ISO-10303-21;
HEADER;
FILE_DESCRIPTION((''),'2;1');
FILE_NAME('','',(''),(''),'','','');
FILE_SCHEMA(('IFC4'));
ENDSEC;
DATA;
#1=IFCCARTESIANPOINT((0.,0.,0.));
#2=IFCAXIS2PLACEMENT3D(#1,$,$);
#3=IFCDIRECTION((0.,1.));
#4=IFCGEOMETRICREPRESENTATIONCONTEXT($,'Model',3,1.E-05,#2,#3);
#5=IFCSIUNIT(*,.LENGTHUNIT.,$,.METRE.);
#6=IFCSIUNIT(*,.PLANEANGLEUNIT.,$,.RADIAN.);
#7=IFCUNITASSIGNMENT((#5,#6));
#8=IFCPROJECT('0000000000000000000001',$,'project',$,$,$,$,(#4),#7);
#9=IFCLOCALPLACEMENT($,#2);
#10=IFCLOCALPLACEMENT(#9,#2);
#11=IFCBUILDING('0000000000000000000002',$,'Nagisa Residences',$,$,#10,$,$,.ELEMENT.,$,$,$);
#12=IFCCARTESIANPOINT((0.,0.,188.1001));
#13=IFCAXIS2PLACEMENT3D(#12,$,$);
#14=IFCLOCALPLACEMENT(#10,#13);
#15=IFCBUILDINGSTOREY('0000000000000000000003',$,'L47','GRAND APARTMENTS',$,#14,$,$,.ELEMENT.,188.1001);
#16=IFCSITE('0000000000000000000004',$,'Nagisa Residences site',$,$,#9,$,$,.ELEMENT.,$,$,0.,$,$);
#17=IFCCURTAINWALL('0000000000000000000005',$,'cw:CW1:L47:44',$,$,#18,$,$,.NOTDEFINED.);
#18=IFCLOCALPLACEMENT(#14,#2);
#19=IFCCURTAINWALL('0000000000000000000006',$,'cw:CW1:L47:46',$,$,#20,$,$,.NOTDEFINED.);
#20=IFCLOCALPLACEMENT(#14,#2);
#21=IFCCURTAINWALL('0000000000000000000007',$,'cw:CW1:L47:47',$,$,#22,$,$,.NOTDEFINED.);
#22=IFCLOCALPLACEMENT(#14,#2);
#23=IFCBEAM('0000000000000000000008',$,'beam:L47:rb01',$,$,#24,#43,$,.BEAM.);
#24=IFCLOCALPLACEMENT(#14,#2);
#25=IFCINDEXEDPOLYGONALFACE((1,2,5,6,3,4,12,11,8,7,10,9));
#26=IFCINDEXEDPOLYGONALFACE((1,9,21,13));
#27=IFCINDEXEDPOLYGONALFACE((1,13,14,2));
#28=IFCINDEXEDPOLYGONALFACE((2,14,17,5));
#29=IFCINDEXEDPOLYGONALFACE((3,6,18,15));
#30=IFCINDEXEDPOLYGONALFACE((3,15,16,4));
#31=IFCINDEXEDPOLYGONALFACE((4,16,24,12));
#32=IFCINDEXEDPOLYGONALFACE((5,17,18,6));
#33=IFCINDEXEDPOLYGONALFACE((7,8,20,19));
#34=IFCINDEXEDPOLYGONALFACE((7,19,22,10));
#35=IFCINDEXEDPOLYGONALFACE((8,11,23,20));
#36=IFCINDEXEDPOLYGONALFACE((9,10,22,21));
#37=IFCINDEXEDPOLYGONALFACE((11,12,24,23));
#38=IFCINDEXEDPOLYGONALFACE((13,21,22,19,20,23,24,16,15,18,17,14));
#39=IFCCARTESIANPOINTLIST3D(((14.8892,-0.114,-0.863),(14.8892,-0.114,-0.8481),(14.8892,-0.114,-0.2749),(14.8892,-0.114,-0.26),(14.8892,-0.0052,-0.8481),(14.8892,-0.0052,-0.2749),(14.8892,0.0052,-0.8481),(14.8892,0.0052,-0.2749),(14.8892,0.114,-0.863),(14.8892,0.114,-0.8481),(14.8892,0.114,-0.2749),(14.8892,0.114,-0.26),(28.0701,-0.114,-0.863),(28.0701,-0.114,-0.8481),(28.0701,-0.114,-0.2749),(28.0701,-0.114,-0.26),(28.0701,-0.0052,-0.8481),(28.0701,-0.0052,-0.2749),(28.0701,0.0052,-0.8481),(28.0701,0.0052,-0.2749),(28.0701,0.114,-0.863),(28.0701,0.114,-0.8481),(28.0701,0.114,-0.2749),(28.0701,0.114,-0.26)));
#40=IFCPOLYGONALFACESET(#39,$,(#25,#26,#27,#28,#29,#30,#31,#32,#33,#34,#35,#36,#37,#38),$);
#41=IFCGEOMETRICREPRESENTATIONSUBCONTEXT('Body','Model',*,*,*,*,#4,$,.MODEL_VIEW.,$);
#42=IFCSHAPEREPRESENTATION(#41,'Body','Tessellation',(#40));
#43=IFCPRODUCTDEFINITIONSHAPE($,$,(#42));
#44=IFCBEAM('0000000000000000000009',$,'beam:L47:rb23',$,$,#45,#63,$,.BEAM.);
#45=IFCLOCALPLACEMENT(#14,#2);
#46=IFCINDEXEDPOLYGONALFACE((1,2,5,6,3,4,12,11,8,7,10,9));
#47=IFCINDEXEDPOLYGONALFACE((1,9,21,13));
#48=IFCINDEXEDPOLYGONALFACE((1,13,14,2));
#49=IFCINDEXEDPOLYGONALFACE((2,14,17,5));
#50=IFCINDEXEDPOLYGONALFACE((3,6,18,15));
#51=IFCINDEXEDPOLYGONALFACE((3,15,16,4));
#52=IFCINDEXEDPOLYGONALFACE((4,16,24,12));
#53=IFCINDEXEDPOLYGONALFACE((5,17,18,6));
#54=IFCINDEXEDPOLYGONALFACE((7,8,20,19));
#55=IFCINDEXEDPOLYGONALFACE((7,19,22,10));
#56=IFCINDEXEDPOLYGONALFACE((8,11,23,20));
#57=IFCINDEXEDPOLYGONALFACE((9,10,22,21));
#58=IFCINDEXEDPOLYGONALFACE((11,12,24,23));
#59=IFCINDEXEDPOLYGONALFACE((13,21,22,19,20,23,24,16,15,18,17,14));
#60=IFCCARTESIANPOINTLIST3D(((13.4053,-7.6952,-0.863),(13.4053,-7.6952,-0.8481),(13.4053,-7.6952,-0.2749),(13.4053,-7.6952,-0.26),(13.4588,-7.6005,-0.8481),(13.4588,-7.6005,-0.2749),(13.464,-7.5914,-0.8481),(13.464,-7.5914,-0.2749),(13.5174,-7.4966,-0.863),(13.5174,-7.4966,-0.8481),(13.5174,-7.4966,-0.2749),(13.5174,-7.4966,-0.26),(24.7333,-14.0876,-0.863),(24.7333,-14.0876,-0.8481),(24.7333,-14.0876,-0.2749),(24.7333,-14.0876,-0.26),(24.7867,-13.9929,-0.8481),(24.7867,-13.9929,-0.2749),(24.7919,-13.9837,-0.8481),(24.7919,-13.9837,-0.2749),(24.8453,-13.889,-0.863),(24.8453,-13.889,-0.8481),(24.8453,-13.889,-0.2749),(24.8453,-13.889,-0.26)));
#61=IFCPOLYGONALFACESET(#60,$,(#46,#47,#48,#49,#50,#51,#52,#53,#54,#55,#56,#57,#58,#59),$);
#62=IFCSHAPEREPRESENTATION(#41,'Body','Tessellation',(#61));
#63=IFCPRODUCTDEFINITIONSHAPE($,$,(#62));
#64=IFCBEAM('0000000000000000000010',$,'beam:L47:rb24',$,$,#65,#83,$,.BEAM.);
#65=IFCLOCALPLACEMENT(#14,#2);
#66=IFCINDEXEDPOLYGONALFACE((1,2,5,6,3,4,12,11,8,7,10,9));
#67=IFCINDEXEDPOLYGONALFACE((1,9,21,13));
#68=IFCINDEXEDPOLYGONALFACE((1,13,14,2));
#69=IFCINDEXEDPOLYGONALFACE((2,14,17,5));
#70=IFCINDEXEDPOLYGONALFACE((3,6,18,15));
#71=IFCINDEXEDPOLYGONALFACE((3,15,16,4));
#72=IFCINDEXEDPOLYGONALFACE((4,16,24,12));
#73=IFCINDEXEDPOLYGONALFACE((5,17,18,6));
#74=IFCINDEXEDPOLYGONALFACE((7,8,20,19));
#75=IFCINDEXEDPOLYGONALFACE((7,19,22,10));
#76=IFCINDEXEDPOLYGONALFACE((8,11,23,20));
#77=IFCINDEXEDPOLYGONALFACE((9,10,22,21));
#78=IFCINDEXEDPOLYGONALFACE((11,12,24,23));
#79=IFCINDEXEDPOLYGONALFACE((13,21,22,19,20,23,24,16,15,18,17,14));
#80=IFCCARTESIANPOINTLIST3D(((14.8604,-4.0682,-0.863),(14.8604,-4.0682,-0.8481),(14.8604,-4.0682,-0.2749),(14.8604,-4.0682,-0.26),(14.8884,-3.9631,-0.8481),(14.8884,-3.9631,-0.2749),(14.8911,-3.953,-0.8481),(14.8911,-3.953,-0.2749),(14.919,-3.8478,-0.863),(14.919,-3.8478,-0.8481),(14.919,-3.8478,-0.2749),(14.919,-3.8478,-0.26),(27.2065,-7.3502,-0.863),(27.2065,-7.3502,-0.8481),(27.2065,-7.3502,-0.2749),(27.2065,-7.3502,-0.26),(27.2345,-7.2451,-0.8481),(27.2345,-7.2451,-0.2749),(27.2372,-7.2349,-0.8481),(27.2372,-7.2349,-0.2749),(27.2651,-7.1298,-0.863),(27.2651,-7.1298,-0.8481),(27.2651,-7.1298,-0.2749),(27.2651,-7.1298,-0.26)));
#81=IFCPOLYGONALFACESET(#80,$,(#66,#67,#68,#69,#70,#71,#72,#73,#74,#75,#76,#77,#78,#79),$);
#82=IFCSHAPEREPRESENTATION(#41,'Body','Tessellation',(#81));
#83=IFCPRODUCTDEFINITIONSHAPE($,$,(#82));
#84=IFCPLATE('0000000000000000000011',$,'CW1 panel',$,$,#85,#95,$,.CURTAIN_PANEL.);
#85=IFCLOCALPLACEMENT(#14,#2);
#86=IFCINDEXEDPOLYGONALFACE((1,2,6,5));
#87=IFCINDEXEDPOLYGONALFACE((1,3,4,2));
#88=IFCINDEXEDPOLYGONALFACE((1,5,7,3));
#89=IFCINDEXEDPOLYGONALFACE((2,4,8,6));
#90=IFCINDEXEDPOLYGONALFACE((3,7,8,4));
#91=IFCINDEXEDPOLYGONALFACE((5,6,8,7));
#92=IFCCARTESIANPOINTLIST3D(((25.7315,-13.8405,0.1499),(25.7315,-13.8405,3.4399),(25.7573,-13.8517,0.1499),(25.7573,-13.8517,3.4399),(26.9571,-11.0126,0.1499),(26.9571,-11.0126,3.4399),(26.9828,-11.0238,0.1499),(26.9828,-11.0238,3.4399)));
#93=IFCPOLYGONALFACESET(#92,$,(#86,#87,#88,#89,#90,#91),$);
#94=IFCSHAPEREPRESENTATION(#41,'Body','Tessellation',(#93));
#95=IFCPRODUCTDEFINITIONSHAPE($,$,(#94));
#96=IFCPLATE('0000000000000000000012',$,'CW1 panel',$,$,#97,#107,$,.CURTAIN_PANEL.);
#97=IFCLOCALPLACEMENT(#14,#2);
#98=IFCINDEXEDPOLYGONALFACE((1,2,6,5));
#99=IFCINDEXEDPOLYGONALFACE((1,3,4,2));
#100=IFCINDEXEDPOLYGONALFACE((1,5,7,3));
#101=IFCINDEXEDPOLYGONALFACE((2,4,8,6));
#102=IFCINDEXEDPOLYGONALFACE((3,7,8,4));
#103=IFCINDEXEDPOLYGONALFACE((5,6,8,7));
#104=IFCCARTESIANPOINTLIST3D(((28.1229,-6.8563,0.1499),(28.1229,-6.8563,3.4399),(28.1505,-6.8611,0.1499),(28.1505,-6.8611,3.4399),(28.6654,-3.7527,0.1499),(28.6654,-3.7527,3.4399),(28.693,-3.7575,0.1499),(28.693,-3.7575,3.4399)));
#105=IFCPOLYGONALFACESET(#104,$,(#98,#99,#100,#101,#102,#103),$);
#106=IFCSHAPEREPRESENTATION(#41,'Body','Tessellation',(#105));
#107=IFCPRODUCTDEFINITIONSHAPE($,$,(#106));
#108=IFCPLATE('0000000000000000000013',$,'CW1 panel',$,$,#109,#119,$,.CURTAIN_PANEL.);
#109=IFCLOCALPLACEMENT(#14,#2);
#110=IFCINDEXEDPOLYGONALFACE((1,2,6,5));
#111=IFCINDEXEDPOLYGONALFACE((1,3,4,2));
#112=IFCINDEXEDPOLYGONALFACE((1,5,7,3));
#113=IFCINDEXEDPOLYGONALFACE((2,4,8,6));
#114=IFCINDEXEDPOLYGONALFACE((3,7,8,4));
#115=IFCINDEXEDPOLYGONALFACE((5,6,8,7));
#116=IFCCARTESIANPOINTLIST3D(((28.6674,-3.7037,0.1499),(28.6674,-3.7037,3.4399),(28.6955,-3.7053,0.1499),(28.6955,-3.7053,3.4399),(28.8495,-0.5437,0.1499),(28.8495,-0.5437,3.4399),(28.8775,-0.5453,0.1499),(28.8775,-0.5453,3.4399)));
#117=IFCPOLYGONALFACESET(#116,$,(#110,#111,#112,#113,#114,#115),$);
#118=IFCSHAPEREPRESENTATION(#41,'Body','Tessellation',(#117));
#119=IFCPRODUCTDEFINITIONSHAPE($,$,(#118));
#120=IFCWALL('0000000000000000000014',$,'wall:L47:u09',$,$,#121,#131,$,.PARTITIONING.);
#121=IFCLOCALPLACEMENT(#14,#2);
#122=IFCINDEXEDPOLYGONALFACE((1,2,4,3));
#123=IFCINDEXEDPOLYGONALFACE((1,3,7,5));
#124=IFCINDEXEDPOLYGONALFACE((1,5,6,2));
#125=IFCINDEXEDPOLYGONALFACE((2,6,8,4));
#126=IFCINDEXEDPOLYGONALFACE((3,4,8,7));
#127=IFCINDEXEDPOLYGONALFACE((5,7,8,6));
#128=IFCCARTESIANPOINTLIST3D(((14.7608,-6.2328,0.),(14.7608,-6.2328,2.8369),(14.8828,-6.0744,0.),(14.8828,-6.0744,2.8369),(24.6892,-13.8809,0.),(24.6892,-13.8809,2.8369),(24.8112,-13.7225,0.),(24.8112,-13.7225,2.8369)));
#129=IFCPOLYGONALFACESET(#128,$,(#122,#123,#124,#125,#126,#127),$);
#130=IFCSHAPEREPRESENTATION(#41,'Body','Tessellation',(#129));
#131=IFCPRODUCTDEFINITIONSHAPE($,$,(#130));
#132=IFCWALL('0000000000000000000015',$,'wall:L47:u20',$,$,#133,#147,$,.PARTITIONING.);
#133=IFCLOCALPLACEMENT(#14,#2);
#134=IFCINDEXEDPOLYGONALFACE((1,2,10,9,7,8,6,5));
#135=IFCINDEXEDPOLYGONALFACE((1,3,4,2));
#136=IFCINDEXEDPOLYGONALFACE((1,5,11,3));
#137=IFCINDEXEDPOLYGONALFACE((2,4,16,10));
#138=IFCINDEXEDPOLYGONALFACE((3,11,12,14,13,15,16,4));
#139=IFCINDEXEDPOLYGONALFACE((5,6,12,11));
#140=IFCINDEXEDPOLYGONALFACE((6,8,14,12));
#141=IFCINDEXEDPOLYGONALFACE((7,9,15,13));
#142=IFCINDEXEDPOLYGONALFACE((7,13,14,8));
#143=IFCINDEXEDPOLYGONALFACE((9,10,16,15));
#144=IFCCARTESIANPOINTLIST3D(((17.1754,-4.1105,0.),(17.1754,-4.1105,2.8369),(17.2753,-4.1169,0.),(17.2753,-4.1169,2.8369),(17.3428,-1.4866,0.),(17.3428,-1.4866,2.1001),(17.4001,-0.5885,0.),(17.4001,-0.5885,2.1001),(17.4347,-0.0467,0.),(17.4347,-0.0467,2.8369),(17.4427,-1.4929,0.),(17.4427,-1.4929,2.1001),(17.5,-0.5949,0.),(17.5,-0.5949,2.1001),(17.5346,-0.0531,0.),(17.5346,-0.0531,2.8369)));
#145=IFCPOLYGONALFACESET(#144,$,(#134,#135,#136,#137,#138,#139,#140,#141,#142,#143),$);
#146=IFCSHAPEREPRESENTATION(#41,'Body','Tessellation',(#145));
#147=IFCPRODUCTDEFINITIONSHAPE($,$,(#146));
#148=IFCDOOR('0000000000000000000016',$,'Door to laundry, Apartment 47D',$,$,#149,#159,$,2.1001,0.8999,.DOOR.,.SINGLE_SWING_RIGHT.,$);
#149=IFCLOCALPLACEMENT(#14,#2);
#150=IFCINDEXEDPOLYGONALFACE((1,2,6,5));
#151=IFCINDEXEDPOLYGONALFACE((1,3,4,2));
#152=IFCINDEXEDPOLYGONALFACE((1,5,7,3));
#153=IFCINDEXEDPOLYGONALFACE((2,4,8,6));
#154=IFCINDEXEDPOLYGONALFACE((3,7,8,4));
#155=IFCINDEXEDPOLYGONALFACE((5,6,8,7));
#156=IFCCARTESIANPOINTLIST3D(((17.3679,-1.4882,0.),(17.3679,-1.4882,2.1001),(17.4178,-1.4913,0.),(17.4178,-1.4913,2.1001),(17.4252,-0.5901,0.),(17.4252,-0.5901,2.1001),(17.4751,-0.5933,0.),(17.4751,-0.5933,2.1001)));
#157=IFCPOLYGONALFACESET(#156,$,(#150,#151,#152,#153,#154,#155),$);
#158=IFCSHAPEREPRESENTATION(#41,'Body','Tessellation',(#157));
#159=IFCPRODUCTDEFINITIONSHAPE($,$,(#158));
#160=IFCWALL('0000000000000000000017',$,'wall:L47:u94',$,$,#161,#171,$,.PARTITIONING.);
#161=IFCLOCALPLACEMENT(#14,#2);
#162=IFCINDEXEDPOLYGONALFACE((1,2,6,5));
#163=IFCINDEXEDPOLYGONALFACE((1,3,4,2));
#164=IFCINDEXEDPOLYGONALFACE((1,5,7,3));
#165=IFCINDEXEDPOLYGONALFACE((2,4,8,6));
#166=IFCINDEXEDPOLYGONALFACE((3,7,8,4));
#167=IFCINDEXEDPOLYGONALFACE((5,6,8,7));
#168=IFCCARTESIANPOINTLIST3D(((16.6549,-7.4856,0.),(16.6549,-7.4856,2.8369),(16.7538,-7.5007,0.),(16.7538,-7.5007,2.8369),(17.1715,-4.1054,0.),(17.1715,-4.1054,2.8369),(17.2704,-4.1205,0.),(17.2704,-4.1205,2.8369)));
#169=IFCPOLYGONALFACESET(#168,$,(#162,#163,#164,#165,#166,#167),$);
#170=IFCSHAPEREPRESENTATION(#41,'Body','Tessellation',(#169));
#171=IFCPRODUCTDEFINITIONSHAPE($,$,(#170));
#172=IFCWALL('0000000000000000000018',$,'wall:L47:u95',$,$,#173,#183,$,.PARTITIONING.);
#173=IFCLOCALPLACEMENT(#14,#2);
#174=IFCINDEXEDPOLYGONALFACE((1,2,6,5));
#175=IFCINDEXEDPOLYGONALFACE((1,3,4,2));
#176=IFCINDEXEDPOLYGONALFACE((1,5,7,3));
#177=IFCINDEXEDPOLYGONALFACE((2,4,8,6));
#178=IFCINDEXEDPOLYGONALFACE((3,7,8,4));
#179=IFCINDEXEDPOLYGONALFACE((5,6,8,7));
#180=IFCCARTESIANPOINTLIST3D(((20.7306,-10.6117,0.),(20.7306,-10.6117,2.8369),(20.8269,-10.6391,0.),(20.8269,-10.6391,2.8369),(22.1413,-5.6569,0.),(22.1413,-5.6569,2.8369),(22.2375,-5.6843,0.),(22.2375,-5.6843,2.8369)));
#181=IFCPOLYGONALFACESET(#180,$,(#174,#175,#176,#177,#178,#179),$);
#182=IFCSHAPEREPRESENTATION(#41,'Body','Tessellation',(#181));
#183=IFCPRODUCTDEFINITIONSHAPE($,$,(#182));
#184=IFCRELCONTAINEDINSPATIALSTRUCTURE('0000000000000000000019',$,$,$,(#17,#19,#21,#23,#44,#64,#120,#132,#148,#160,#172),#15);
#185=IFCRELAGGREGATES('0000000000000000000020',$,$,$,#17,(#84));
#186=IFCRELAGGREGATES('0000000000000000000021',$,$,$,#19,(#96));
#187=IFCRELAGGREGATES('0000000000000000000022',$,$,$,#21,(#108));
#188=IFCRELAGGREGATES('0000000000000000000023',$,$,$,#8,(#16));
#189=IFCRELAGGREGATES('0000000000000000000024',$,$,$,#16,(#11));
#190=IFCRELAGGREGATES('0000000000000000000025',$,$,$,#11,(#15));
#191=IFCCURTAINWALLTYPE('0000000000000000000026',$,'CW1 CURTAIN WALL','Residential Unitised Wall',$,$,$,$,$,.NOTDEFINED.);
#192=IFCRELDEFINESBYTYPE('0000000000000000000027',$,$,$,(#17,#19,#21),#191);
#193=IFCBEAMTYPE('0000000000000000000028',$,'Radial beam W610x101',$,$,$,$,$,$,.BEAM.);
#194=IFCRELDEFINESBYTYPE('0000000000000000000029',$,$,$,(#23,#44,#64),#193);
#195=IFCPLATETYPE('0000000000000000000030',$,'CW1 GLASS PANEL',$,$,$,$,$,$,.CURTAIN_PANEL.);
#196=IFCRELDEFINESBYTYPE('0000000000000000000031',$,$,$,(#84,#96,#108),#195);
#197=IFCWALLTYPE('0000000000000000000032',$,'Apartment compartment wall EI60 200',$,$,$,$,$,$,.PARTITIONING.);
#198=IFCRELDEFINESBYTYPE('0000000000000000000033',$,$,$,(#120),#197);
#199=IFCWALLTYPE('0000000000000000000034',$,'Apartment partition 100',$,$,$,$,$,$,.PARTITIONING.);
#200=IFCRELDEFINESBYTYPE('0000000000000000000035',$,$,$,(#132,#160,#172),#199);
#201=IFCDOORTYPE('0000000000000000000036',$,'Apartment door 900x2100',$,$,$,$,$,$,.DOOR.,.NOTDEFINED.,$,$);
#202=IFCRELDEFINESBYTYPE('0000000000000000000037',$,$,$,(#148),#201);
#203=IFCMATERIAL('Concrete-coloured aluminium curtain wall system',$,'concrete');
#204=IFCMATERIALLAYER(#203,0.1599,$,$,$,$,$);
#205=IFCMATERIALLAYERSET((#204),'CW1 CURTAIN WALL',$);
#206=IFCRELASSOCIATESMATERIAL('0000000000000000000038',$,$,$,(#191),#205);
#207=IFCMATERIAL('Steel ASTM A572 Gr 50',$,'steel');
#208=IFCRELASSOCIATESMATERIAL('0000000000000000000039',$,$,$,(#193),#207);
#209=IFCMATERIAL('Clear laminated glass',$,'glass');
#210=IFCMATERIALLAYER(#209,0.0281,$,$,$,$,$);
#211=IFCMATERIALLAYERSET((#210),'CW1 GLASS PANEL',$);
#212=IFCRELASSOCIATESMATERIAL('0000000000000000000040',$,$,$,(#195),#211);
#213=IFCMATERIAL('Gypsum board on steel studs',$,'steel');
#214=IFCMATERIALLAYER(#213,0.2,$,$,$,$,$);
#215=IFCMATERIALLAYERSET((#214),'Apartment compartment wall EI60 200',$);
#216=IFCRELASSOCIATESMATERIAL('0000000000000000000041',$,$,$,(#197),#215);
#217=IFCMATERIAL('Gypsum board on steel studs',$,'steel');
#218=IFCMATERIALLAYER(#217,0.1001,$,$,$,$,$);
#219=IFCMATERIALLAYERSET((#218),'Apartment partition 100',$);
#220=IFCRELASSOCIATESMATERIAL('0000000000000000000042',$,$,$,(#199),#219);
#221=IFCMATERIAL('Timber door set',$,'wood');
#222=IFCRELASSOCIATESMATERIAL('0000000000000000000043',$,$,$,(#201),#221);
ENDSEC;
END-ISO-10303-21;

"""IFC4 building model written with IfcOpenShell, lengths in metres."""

from ifc_helpers import new_model, si_unit, direction, frame, frame_2d, origin, origin_2d, place, context, subcontext, project, spatial, rectangle, i_section, extrude, material, layer, layer_set, material_profile, profile_set, type_object, element, fill, aggregate, save


model = new_model("IFC4")

# Units and contexts
model_context = context("Model", 3, precision=1e-05, world=origin(), true_north=direction((0.0, 1.0)))
body_context = subcontext(model_context, "Body", "Model", "MODEL_VIEW")
ifc_project = project(units=[si_unit("LENGTHUNIT", "METRE"), si_unit("PLANEANGLEUNIT", "RADIAN")], contexts=[model_context])

# Site, building, storey
site_placement = place(None, origin())
site = spatial("IfcSite", under=ifc_project, at=site_placement, Name="Nagisa Residences site", CompositionType="ELEMENT", RefElevation=0.0)
building_placement = place(site_placement, origin())
building = spatial("IfcBuilding", under=site, at=building_placement, Name="Nagisa Residences", CompositionType="ELEMENT")
storey_placement = place(building_placement, frame((0.0, 0.0, 188.1001)))
storey = spatial("IfcBuildingStorey", under=building, at=storey_placement, Name="L47", Description="GRAND APARTMENTS", CompositionType="ELEMENT", Elevation=188.1001)

# Curtain walls
ifc_material_1 = material(Name="Concrete-coloured aluminium curtain wall system", Category="concrete")
ifc_layer_1 = layer(ifc_material_1, 0.1599)
ifc_layer_set_1 = layer_set([ifc_layer_1], Name="CW1 CURTAIN WALL")
curtain_wall_type = type_object("IfcCurtainWallType", Name="CW1 CURTAIN WALL", Description="Residential Unitised Wall", PredefinedType="NOTDEFINED", material=ifc_layer_set_1)
curtain_wall_1_placement = place(storey_placement, origin())
curtain_wall_1 = element("IfcCurtainWall", 1, at=curtain_wall_1_placement, inside=storey, type_object=curtain_wall_type, Name="cw:CW1:L47:44", PredefinedType="NOTDEFINED")
curtain_wall_2_placement = place(storey_placement, origin())
curtain_wall_2 = element("IfcCurtainWall", 2, at=curtain_wall_2_placement, inside=storey, type_object=curtain_wall_type, Name="cw:CW1:L47:46", PredefinedType="NOTDEFINED")
curtain_wall_3_placement = place(storey_placement, origin())
curtain_wall_3 = element("IfcCurtainWall", 3, at=curtain_wall_3_placement, inside=storey, type_object=curtain_wall_type, Name="cw:CW1:L47:47", PredefinedType="NOTDEFINED")

# Beams
ifc_material_2 = material(Name="Steel ASTM A572 Gr 50", Category="steel")
ifc_material_profile_1 = material_profile(ifc_material_2, i_section(OverallWidth=0.228, OverallDepth=0.603, WebThickness=0.0105, FlangeThickness=0.0149, at=origin_2d()), Name="W610x101")
ifc_profile_set_1 = profile_set([ifc_material_profile_1], Name="Steel ASTM A572 Gr 50")
beam_type_1 = type_object("IfcBeamType", Name="Radial beam W610x101", PredefinedType="BEAM", material=ifc_profile_set_1)
beam_1_placement = place(storey_placement, frame((28.0701, 0.0, -0.5615), z_axis=(-1.0, 0.0, 0.0), x_axis=(0.0, -1.0, 0.0)))
element("IfcBeam", 4, at=beam_1_placement, inside=storey, type_object=beam_type_1, Name="beam:L47:rb01", PredefinedType="BEAM", context=body_context, shape_type="SweptSolid", body=[
    extrude(i_section(OverallWidth=0.228, OverallDepth=0.603, WebThickness=0.0105, FlangeThickness=0.0149, at=origin_2d()), origin(), (0.0, 0.0, 1.0), 13.1809),
])
beam_2_placement = place(storey_placement, frame((24.7893, -13.9883, -0.5615), z_axis=(-0.870905, 0.491452, 0.0), x_axis=(-0.491452, -0.870905, 0.0)))
element("IfcBeam", 5, at=beam_2_placement, inside=storey, type_object=beam_type_1, Name="beam:L47:rb23", PredefinedType="BEAM", context=body_context, shape_type="SweptSolid", body=[
    extrude(i_section(OverallWidth=0.228, OverallDepth=0.603, WebThickness=0.0105, FlangeThickness=0.0149, at=origin_2d()), origin(), (0.0, 0.0, 1.0), 13.0071),
])
beam_3_placement = place(storey_placement, frame((27.2358, -7.24, -0.5615), z_axis=(-0.966436, 0.256907, 0.0), x_axis=(-0.256907, -0.966436, 0.0)))
element("IfcBeam", 6, at=beam_3_placement, inside=storey, type_object=beam_type_1, Name="beam:L47:rb24", PredefinedType="BEAM", context=body_context, shape_type="SweptSolid", body=[
    extrude(i_section(OverallWidth=0.228, OverallDepth=0.603, WebThickness=0.0105, FlangeThickness=0.0149, at=origin_2d()), origin(), (0.0, 0.0, 1.0), 12.7749),
])

# Plates
ifc_material_3 = material(Name="Clear laminated glass", Category="glass")
ifc_layer_2 = layer(ifc_material_3, 0.0281)
ifc_layer_set_2 = layer_set([ifc_layer_2], Name="CW1 GLASS PANEL")
plate_type = type_object("IfcPlateType", Name="CW1 GLASS PANEL", PredefinedType="CURTAIN_PANEL", material=ifc_layer_set_2)
plate_1_placement = place(storey_placement, frame((26.3572, -12.4321, 0.1499), z_axis=(0.0, 0.0, 1.0), x_axis=(0.397636, 0.917543, 0.0)))
plate_1 = element("IfcPlate", 7, at=plate_1_placement, type_object=plate_type, Name="CW1 panel", PredefinedType="CURTAIN_PANEL", context=body_context, shape_type="SweptSolid", body=[
    extrude(rectangle(XDim=3.082, YDim=0.0281, at=origin_2d()), origin(), (0.0, 0.0, 1.0), 3.29),
])
aggregate(curtain_wall_1, [plate_1])
plate_2_placement = place(storey_placement, frame((28.408, -5.3069, 0.1499), z_axis=(0.0, 0.0, 1.0), x_axis=(0.172191, 0.985064, 0.0)))
plate_2 = element("IfcPlate", 8, at=plate_2_placement, type_object=plate_type, Name="CW1 panel", PredefinedType="CURTAIN_PANEL", context=body_context, shape_type="SweptSolid", body=[
    extrude(rectangle(XDim=3.1506, YDim=0.0281, at=origin_2d()), origin(), (0.0, 0.0, 1.0), 3.29),
])
aggregate(curtain_wall_2, [plate_2])
plate_3_placement = place(storey_placement, frame((28.7725, -2.1245, 0.1499), z_axis=(0.0, 0.0, 1.0), x_axis=(0.057503, 0.998345, 0.0)))
plate_3 = element("IfcPlate", 9, at=plate_3_placement, type_object=plate_type, Name="CW1 panel", PredefinedType="CURTAIN_PANEL", context=body_context, shape_type="SweptSolid", body=[
    extrude(rectangle(XDim=3.1653, YDim=0.0281, at=origin_2d()), origin(), (0.0, 0.0, 1.0), 3.29),
])
aggregate(curtain_wall_3, [plate_3])

# Wall
ifc_material_4 = material(Name="Gypsum board on steel studs", Category="steel")
ifc_layer_3 = layer(ifc_material_4, 0.2)
ifc_layer_set_3 = layer_set([ifc_layer_3], Name="Apartment compartment wall EI60 200")
wall_type_1 = type_object("IfcWallType", Name="Apartment compartment wall EI60 200", PredefinedType="PARTITIONING", material=ifc_layer_set_3)
wall_1_placement = place(storey_placement, frame((14.8218, -6.1536, 0.0), z_axis=(0.0, 0.0, 1.0), x_axis=(0.792203, -0.610258, 0.0)))
element("IfcWall", 10, at=wall_1_placement, inside=storey, type_object=wall_type_1, Name="wall:L47:u09", PredefinedType="PARTITIONING", context=body_context, shape_type="SweptSolid", body=[
    extrude(rectangle(XDim=12.5327, YDim=0.2, at=frame_2d((6.2664, 0.0))), origin(), (0.0, 0.0, 1.0), 2.8369),
])

# Wall, opening, door
ifc_material_5 = material(Name="Gypsum board on steel studs", Category="steel")
ifc_layer_4 = layer(ifc_material_5, 0.1001)
ifc_layer_set_4 = layer_set([ifc_layer_4], Name="Apartment partition 100")
wall_type_2 = type_object("IfcWallType", Name="Apartment partition 100", PredefinedType="PARTITIONING", material=ifc_layer_set_4)
wall_2_placement = place(storey_placement, frame((17.4846, -0.0498, 0.0), z_axis=(0.0, 0.0, 1.0), x_axis=(-0.063673, -0.997971, 0.0)))
wall_2 = element("IfcWall", 11, at=wall_2_placement, inside=storey, type_object=wall_type_2, Name="wall:L47:u20", PredefinedType="PARTITIONING", context=body_context, shape_type="SweptSolid", body=[
    extrude(rectangle(XDim=4.072, YDim=0.1001, at=frame_2d((2.0361, 0.0))), origin(), (0.0, 0.0, 1.0), 2.8369),
])
opening_1_placement = place(wall_2_placement, frame((0.543, 0.0, 0.0)))
opening_1 = element("IfcOpeningElement", 12, at=opening_1_placement, cuts=wall_2, PredefinedType="OPENING", context=body_context, shape_type="SweptSolid", body=[
    extrude(rectangle(XDim=0.8999, YDim=2.1001, at=frame_2d((0.45, 1.05))), frame((0.0, 0.0601, 0.0), z_axis=(0.0, -1.0, 0.0), x_axis=(1.0, 0.0, 0.0)), (0.0, 0.0, 1.0), 0.1201),
])
ifc_material_6 = material(Name="Timber door set", Category="wood")
door_type_1 = type_object("IfcDoorType", Name="Apartment door 900x2100", OperationType="NOTDEFINED", PredefinedType="DOOR", material=ifc_material_6)
door_1_placement = place(opening_1_placement, frame((0.8999, 0.0, 0.0), x_axis=(-1.0, 0.0, 0.0)))
door_1 = element("IfcDoor", 13, at=door_1_placement, inside=storey, type_object=door_type_1, Name="Door to laundry, Apartment 47D", OperationType="SINGLE_SWING_RIGHT", OverallHeight=2.1001, OverallWidth=0.8999, PredefinedType="DOOR", context=body_context, shape_type="SweptSolid", body=[
    extrude(rectangle(XDim=0.8999, YDim=2.1001, at=frame_2d((0.45, 1.05))), frame((0.0, 0.0249, 0.0), z_axis=(0.0, -1.0, 0.0), x_axis=(1.0, 0.0, 0.0)), (0.0, 0.0, 1.0), 0.05),
])
fill(opening_1, door_1)

# Walls
wall_3_placement = place(storey_placement, frame((16.7043, -7.4932, 0.0), z_axis=(0.0, 0.0, 1.0), x_axis=(0.151081, 0.988521, 0.0)))
element("IfcWall", 14, at=wall_3_placement, inside=storey, type_object=wall_type_2, Name="wall:L47:u94", PredefinedType="PARTITIONING", context=body_context, shape_type="SweptSolid", body=[
    extrude(rectangle(XDim=3.4194, YDim=0.1001, at=frame_2d((1.7097, 0.0))), origin(), (0.0, 0.0, 1.0), 2.8369),
])
wall_4_placement = place(storey_placement, frame((20.7788, -10.6252, 0.0), z_axis=(0.0, 0.0, 1.0), x_axis=(0.27382, 0.961781, 0.0)))
element("IfcWall", 15, at=wall_4_placement, inside=storey, type_object=wall_type_2, Name="wall:L47:u95", PredefinedType="PARTITIONING", context=body_context, shape_type="SweptSolid", body=[
    extrude(rectangle(XDim=5.1516, YDim=0.1001, at=frame_2d((2.5757, 0.0))), origin(), (0.0, 0.0, 1.0), 2.8369),
])

save(model, "model.ifc")
